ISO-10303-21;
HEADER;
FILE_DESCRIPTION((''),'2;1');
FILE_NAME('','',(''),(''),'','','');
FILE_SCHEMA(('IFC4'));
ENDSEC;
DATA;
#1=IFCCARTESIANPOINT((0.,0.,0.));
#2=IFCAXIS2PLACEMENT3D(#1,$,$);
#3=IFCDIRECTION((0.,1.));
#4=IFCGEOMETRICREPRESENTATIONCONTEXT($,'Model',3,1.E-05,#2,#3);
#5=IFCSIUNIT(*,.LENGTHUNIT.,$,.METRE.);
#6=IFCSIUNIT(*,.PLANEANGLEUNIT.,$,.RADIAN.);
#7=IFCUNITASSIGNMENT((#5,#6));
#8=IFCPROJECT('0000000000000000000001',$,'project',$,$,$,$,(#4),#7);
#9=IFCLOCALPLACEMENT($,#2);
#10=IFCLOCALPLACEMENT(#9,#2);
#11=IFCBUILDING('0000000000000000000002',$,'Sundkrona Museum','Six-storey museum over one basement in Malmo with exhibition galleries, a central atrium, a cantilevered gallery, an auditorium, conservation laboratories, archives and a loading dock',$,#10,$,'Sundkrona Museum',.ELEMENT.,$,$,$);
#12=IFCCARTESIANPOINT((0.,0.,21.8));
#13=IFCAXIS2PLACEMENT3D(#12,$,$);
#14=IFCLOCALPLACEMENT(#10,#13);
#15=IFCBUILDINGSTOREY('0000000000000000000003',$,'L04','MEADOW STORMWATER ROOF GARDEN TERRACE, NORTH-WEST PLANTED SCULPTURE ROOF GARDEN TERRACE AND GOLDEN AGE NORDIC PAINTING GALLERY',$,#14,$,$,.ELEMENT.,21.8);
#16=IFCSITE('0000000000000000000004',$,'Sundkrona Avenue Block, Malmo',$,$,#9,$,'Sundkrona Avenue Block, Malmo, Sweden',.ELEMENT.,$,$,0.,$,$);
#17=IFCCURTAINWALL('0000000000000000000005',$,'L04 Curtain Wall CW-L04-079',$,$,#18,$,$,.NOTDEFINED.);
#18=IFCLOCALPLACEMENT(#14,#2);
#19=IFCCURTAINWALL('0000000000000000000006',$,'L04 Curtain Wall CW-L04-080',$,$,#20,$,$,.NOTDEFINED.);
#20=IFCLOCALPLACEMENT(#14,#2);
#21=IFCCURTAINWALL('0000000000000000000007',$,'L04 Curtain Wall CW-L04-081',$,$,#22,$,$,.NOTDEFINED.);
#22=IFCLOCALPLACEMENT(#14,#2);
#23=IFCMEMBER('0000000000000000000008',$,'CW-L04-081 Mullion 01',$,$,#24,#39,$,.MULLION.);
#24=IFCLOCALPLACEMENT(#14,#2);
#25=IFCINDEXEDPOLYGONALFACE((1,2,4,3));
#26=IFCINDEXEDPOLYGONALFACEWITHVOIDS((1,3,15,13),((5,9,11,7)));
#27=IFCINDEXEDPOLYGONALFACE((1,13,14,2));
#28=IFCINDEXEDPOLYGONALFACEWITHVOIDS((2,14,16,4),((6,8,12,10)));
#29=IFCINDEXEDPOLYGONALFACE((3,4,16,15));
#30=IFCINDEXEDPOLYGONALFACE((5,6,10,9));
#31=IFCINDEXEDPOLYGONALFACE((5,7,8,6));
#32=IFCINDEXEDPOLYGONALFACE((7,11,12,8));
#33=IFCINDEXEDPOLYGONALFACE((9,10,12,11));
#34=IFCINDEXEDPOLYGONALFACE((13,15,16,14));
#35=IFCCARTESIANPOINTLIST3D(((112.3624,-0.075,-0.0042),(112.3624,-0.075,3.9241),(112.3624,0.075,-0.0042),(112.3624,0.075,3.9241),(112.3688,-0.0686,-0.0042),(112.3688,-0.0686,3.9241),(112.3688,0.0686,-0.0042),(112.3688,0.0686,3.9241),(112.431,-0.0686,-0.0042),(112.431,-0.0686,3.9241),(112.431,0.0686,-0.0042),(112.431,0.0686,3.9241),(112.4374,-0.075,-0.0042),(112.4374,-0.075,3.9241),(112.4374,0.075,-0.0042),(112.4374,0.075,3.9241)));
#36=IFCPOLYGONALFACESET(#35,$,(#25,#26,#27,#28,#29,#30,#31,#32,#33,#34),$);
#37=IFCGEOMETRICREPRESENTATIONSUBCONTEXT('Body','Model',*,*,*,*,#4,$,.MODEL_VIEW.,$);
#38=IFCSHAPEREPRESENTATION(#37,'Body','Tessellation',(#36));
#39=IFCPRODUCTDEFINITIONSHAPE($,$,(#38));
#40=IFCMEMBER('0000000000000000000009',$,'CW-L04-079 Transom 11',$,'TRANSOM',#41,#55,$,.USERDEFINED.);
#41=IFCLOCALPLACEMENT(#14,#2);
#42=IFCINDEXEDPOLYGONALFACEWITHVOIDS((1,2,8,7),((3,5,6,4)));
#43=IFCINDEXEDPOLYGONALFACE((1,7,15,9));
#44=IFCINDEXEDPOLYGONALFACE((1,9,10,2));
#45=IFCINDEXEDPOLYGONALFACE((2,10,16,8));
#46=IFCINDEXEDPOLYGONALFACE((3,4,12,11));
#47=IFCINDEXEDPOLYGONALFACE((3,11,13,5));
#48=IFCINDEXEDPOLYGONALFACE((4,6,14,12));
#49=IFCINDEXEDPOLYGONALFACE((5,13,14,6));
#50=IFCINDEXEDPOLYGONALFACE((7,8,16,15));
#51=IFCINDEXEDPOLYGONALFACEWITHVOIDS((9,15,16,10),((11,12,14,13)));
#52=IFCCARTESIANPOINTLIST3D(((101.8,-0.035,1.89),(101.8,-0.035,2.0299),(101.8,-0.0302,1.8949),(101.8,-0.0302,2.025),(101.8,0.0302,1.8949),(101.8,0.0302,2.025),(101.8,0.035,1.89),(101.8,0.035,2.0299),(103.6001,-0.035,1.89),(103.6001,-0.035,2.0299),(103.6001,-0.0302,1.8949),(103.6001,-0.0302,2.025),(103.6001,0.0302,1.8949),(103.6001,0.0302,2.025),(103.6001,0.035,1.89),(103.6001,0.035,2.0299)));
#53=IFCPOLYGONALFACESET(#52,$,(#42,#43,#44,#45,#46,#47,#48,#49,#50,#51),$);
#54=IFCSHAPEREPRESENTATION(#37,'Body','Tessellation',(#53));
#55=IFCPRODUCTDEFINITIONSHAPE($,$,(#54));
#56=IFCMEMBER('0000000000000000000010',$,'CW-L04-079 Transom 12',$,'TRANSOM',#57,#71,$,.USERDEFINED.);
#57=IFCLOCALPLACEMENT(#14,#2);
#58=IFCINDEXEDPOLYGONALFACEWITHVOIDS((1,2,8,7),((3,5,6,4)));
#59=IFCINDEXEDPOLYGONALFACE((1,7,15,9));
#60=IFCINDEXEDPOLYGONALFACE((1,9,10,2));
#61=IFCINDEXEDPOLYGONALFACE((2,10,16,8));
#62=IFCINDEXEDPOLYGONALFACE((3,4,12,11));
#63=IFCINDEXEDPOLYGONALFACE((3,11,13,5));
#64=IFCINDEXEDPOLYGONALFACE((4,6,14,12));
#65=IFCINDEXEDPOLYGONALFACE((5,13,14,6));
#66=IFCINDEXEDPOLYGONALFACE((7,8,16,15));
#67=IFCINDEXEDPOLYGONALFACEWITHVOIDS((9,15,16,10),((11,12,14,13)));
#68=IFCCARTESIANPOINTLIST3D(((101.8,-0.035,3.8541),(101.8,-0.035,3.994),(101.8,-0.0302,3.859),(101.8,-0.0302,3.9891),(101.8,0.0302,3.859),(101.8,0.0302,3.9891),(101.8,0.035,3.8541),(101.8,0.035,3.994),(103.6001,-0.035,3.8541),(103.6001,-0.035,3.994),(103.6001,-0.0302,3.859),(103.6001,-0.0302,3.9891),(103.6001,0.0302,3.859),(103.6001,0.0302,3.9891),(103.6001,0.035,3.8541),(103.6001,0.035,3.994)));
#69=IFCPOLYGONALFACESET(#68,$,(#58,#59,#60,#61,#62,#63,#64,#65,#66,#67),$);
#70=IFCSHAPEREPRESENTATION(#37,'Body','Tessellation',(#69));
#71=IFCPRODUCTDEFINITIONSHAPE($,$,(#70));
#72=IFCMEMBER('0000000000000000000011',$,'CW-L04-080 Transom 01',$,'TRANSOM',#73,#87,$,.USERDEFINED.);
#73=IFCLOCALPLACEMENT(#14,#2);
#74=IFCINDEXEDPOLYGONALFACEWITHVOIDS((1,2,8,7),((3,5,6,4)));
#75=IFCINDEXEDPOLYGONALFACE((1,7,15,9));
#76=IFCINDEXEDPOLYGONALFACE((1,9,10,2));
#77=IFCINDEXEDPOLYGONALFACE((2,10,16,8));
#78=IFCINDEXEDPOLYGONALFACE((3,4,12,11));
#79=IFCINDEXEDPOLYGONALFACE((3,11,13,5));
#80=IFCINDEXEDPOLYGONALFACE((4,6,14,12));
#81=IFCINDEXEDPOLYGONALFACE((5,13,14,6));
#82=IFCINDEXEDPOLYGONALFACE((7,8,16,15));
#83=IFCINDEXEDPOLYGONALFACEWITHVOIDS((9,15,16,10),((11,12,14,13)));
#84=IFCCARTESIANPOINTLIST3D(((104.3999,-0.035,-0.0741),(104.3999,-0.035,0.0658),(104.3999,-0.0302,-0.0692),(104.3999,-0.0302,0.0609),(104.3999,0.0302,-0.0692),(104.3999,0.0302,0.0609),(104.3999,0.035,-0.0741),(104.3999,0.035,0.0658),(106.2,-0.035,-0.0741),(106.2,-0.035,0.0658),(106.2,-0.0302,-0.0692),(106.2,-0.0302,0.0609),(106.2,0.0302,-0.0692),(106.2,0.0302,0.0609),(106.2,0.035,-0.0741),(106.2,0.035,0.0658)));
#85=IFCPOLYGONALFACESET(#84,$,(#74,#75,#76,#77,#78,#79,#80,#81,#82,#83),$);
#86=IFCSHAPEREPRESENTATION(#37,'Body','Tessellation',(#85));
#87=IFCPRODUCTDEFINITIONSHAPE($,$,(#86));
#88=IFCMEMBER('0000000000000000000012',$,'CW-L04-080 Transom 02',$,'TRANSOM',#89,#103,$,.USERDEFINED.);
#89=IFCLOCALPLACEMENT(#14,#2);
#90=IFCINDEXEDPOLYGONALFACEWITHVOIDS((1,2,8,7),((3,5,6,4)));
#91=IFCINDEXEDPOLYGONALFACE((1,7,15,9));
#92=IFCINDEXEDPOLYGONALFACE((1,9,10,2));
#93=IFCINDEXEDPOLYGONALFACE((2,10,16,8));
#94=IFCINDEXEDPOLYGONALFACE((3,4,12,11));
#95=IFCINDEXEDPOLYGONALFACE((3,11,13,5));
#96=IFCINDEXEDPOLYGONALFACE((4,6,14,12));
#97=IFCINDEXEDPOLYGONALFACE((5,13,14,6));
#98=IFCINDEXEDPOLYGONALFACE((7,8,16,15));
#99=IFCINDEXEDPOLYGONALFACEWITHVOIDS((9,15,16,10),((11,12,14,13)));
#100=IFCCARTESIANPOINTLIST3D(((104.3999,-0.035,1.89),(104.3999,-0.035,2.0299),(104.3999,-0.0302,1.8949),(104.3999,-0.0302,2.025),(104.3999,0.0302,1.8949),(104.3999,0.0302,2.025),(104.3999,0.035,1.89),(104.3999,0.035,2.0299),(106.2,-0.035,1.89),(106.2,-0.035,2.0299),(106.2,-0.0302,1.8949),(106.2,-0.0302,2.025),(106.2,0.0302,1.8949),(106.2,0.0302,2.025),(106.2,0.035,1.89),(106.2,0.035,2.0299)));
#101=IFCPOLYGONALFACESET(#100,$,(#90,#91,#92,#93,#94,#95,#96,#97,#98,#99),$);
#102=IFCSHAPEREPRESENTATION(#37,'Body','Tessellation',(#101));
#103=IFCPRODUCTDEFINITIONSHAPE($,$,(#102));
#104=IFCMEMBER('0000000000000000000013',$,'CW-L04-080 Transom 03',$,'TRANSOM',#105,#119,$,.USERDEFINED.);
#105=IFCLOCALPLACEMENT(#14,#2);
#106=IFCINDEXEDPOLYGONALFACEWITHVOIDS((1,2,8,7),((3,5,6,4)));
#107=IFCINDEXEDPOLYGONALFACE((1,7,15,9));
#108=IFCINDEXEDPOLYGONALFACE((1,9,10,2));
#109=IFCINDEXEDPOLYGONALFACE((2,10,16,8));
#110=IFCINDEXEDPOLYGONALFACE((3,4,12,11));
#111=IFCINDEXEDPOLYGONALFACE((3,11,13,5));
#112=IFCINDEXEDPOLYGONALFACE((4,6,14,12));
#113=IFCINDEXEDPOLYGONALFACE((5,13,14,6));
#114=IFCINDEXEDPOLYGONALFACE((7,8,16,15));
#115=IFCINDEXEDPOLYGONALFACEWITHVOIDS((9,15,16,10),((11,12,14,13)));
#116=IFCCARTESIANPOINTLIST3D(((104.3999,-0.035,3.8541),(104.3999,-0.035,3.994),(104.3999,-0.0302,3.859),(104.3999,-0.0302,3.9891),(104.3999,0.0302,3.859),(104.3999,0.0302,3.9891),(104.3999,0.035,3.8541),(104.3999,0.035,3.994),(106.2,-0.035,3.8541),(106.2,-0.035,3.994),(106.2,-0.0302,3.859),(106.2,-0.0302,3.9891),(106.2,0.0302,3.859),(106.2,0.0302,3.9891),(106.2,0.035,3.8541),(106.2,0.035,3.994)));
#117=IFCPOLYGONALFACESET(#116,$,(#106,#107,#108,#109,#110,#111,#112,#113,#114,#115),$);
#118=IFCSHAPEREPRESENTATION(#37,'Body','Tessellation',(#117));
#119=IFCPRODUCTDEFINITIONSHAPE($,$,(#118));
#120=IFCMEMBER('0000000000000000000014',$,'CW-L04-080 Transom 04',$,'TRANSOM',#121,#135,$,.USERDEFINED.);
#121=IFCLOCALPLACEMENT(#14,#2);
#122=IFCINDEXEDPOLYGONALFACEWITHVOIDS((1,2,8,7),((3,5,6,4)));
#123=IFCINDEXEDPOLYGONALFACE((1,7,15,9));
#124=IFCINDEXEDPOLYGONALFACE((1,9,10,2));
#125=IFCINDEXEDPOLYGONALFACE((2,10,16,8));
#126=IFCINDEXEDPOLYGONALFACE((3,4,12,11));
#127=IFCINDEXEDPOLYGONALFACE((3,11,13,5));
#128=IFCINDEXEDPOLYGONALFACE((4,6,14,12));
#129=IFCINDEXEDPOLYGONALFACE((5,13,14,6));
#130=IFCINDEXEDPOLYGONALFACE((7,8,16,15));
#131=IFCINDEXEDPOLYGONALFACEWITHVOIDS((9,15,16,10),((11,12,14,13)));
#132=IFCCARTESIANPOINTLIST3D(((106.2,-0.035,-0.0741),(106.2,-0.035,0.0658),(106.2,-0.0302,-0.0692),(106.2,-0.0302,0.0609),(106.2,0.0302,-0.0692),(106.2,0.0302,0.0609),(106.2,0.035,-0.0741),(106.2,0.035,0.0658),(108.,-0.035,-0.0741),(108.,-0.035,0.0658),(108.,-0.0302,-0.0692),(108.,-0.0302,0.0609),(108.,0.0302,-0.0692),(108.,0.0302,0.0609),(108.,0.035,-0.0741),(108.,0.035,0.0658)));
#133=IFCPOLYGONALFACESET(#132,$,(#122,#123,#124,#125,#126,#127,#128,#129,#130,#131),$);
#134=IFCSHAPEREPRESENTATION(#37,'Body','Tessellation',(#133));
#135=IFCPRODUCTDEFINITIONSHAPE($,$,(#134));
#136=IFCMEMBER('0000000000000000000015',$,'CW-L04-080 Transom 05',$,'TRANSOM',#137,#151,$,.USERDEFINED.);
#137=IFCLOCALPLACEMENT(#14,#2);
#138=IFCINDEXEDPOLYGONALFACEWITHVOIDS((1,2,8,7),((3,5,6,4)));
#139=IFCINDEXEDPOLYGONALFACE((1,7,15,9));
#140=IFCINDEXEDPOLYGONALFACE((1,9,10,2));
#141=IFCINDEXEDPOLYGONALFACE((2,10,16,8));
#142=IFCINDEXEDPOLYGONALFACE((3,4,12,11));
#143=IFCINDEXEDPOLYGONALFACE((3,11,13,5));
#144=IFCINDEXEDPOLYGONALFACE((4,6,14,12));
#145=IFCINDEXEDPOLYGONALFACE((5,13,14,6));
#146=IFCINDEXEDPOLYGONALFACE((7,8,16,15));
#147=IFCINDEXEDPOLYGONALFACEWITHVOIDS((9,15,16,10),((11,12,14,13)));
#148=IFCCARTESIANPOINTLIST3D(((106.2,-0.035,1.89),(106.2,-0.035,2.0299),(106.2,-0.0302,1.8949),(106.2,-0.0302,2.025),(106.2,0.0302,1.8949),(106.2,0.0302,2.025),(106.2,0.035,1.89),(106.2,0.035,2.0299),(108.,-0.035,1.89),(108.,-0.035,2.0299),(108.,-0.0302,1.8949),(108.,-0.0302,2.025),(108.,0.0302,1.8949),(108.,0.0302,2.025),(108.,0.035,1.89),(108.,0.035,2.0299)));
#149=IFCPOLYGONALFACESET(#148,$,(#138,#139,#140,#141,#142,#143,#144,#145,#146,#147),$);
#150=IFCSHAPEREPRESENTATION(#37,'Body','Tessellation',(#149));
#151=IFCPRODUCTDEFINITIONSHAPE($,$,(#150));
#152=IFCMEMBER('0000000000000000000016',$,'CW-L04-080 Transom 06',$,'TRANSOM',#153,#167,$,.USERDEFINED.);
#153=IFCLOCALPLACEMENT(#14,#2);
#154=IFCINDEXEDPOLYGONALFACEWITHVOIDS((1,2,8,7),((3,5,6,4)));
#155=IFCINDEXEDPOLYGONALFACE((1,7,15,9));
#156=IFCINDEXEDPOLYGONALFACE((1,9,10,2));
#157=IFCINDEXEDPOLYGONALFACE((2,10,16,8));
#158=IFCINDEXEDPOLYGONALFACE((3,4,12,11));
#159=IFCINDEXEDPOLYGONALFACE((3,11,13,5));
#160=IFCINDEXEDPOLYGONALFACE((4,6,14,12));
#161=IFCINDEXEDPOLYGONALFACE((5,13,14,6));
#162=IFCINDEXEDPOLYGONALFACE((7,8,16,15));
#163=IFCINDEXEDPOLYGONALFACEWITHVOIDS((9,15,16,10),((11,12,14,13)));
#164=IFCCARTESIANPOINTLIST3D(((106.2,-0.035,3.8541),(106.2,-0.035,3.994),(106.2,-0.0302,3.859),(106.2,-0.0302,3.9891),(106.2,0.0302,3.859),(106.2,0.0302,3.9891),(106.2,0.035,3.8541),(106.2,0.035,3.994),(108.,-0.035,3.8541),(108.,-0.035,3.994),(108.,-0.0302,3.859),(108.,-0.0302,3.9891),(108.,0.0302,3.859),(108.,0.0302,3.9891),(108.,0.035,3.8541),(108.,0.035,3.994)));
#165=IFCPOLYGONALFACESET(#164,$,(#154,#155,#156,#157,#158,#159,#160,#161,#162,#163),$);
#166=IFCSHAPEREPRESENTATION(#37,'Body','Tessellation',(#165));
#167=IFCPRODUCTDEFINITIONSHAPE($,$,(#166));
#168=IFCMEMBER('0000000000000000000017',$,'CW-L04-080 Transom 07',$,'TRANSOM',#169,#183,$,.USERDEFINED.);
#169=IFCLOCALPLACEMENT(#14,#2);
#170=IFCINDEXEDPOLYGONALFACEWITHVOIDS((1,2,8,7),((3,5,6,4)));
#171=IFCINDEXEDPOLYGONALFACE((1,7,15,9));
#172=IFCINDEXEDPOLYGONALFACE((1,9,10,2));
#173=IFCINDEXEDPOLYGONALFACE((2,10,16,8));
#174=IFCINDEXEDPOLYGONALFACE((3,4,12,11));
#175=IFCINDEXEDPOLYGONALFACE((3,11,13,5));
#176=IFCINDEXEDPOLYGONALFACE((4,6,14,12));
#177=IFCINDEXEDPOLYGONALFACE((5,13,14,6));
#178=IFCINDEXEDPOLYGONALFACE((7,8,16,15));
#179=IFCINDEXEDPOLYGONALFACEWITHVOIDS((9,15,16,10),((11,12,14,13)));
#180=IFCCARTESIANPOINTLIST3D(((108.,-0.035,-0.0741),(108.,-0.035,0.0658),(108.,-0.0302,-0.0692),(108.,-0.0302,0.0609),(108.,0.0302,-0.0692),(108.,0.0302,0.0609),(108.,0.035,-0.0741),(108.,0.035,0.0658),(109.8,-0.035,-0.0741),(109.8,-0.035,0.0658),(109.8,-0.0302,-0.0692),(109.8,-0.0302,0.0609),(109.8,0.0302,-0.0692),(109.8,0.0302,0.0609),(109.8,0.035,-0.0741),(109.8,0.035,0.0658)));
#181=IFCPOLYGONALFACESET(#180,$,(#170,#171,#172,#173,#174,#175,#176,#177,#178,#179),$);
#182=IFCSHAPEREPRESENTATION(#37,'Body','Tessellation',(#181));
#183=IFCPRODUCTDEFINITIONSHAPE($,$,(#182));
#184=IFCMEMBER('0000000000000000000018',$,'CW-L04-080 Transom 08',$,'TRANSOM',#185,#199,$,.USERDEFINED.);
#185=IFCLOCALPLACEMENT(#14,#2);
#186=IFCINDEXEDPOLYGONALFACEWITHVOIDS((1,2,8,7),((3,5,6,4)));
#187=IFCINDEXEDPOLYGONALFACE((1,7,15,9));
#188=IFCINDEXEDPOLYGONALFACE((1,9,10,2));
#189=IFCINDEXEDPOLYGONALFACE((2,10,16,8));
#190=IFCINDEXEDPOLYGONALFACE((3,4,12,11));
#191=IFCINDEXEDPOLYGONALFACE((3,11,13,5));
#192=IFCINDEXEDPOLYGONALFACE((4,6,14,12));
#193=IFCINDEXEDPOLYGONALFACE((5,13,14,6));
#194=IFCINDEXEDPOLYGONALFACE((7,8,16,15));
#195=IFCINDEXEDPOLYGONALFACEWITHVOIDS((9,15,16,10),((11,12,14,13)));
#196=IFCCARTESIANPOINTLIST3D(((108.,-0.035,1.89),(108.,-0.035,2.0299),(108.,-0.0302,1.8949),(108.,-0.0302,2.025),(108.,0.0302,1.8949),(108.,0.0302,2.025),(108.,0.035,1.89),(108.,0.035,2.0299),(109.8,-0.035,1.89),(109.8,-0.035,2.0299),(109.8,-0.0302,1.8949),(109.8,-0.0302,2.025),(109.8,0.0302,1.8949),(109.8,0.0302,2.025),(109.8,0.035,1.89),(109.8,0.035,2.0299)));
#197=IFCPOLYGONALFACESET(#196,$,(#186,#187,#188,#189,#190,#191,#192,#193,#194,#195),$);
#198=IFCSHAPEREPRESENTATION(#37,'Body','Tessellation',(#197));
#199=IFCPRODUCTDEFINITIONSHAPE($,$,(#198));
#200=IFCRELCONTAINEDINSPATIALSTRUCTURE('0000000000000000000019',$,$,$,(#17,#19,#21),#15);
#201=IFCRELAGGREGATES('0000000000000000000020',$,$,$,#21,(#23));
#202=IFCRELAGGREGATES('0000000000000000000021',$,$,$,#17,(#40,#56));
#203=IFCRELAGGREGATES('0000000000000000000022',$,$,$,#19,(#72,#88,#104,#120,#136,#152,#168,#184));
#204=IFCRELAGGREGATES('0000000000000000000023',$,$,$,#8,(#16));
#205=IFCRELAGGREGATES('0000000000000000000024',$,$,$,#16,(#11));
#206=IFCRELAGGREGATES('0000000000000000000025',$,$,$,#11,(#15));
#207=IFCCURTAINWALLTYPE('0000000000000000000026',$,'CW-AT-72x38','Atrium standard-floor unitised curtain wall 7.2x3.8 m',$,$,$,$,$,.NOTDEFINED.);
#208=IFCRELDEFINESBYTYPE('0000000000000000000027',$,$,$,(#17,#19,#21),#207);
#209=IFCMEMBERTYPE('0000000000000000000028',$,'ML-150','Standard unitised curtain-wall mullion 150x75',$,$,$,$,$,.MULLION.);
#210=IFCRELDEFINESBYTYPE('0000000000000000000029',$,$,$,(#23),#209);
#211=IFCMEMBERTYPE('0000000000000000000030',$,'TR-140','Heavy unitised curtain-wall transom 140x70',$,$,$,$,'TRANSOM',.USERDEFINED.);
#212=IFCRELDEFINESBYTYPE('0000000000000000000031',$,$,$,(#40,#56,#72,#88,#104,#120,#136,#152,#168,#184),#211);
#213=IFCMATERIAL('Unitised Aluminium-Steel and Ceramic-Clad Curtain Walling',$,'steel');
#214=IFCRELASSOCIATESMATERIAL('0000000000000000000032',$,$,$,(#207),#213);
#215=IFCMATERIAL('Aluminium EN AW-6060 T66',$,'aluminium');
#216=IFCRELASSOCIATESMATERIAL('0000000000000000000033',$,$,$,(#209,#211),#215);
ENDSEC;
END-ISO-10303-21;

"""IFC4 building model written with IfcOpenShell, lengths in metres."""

from ifc_helpers import new_model, si_unit, direction, frame, origin, origin_2d, place, context, subcontext, project, spatial, hollow_rectangle, extrude, material, material_profile, profile_set, type_object, element, aggregate, save


model = new_model("IFC4")

# Units and contexts
model_context = context("Model", 3, precision=1e-05, world=origin(), true_north=direction((0.0, 1.0)))
body_context = subcontext(model_context, "Body", "Model", "MODEL_VIEW")
ifc_project = project(units=[si_unit("LENGTHUNIT", "METRE"), si_unit("PLANEANGLEUNIT", "RADIAN")], contexts=[model_context])

# Site, building, storey
site_placement = place(None, origin())
site = spatial("IfcSite", under=ifc_project, at=site_placement, Name="Sundkrona Avenue Block, Malmo", LongName="Sundkrona Avenue Block, Malmo, Sweden", CompositionType="ELEMENT", RefElevation=0.0)
building_placement = place(site_placement, origin())
building = spatial("IfcBuilding", under=site, at=building_placement, Name="Sundkrona Museum", Description="Six-storey museum over one basement in Malmo with exhibition galleries, a central atrium, a cantilevered gallery, an auditorium, conservation laboratories, archives and a loading dock", LongName="Sundkrona Museum", CompositionType="ELEMENT")
storey_placement = place(building_placement, frame((0.0, 0.0, 21.8)))
storey = spatial("IfcBuildingStorey", under=building, at=storey_placement, Name="L04", Description="MEADOW STORMWATER ROOF GARDEN TERRACE, NORTH-WEST PLANTED SCULPTURE ROOF GARDEN TERRACE AND GOLDEN AGE NORDIC PAINTING GALLERY", CompositionType="ELEMENT", Elevation=21.8)

# Curtain wall
ifc_material_1 = material(Name="Unitised Aluminium-Steel and Ceramic-Clad Curtain Walling", Category="steel")
curtain_wall_type = type_object("IfcCurtainWallType", Name="CW-AT-72x38", Description="Atrium standard-floor unitised curtain wall 7.2x3.8 m", PredefinedType="NOTDEFINED", material=ifc_material_1)
curtain_wall_1_placement = place(storey_placement, origin())
curtain_wall_1 = element("IfcCurtainWall", 1, at=curtain_wall_1_placement, inside=storey, type_object=curtain_wall_type, Name="L04 Curtain Wall CW-L04-079", PredefinedType="NOTDEFINED")
ifc_material_2 = material(Name="Aluminium EN AW-6060 T66", Category="aluminium")
ifc_material_profile_1 = material_profile(ifc_material_2, hollow_rectangle(XDim=0.075, YDim=0.1499, WallThickness=0.0063, at=origin_2d()), Name="RHS 150x75x6.3")
ifc_profile_set_1 = profile_set([ifc_material_profile_1], Name="Aluminium EN AW-6060 T66")
member_type_1 = type_object("IfcMemberType", Name="ML-150", Description="Standard unitised curtain-wall mullion 150x75", PredefinedType="MULLION", material=ifc_profile_set_1)

# Curtain wall
curtain_wall_2_placement = place(storey_placement, origin())
curtain_wall_2 = element("IfcCurtainWall", 2, at=curtain_wall_2_placement, inside=storey, type_object=curtain_wall_type, Name="L04 Curtain Wall CW-L04-080", PredefinedType="NOTDEFINED")

# Curtain wall, member
curtain_wall_3_placement = place(storey_placement, origin())
curtain_wall_3 = element("IfcCurtainWall", 3, at=curtain_wall_3_placement, inside=storey, type_object=curtain_wall_type, Name="L04 Curtain Wall CW-L04-081", PredefinedType="NOTDEFINED")
member_1_placement = place(storey_placement, frame((112.3999, 0.0, -0.0042), z_axis=(0.0, 0.0, 1.0), x_axis=(1.0, 0.0, 0.0)))
member_1 = element("IfcMember", 4, at=member_1_placement, type_object=member_type_1, Name="CW-L04-081 Mullion 01", PredefinedType="MULLION", context=body_context, shape_type="SweptSolid", body=[
    extrude(hollow_rectangle(XDim=0.075, YDim=0.1499, WallThickness=0.0063, at=origin_2d()), origin(), (0.0, 0.0, 1.0), 3.9282),
])

# Members
ifc_material_profile_2 = material_profile(ifc_material_2, hollow_rectangle(XDim=0.0701, YDim=0.1399, WallThickness=0.0049, at=origin_2d()), Name="RHS 140x70x5.0")
ifc_profile_set_2 = profile_set([ifc_material_profile_2], Name="Aluminium EN AW-6060 T66")
member_type_2 = type_object("IfcMemberType", Name="TR-140", Description="Heavy unitised curtain-wall transom 140x70", ElementType="TRANSOM", PredefinedType="USERDEFINED", material=ifc_profile_set_2)
member_2_placement = place(storey_placement, frame((101.8, 0.0, 1.96), z_axis=(1.0, 0.0, 0.0), x_axis=(0.0, 1.0, 0.0)))
member_2 = element("IfcMember", 5, at=member_2_placement, type_object=member_type_2, Name="CW-L04-079 Transom 11", ObjectType="TRANSOM", PredefinedType="USERDEFINED", context=body_context, shape_type="SweptSolid", body=[
    extrude(hollow_rectangle(XDim=0.0701, YDim=0.1399, WallThickness=0.0049, at=origin_2d()), origin(), (0.0, 0.0, 1.0), 1.8),
])
member_3_placement = place(storey_placement, frame((101.8, 0.0, 3.9241), z_axis=(1.0, 0.0, 0.0), x_axis=(0.0, 1.0, 0.0)))
member_3 = element("IfcMember", 6, at=member_3_placement, type_object=member_type_2, Name="CW-L04-079 Transom 12", ObjectType="TRANSOM", PredefinedType="USERDEFINED", context=body_context, shape_type="SweptSolid", body=[
    extrude(hollow_rectangle(XDim=0.0701, YDim=0.1399, WallThickness=0.0049, at=origin_2d()), origin(), (0.0, 0.0, 1.0), 1.8),
])
member_4_placement = place(storey_placement, frame((104.3999, 0.0, -0.0042), z_axis=(1.0, 0.0, 0.0), x_axis=(0.0, 1.0, 0.0)))
member_4 = element("IfcMember", 7, at=member_4_placement, type_object=member_type_2, Name="CW-L04-080 Transom 01", ObjectType="TRANSOM", PredefinedType="USERDEFINED", context=body_context, shape_type="SweptSolid", body=[
    extrude(hollow_rectangle(XDim=0.0701, YDim=0.1399, WallThickness=0.0049, at=origin_2d()), origin(), (0.0, 0.0, 1.0), 1.8),
])
member_5_placement = place(storey_placement, frame((104.3999, 0.0, 1.96), z_axis=(1.0, 0.0, 0.0), x_axis=(0.0, 1.0, 0.0)))
member_5 = element("IfcMember", 8, at=member_5_placement, type_object=member_type_2, Name="CW-L04-080 Transom 02", ObjectType="TRANSOM", PredefinedType="USERDEFINED", context=body_context, shape_type="SweptSolid", body=[
    extrude(hollow_rectangle(XDim=0.0701, YDim=0.1399, WallThickness=0.0049, at=origin_2d()), origin(), (0.0, 0.0, 1.0), 1.8),
])
member_6_placement = place(storey_placement, frame((104.3999, 0.0, 3.9241), z_axis=(1.0, 0.0, 0.0), x_axis=(0.0, 1.0, 0.0)))
member_6 = element("IfcMember", 9, at=member_6_placement, type_object=member_type_2, Name="CW-L04-080 Transom 03", ObjectType="TRANSOM", PredefinedType="USERDEFINED", context=body_context, shape_type="SweptSolid", body=[
    extrude(hollow_rectangle(XDim=0.0701, YDim=0.1399, WallThickness=0.0049, at=origin_2d()), origin(), (0.0, 0.0, 1.0), 1.8),
])
member_7_placement = place(storey_placement, frame((106.2, 0.0, -0.0042), z_axis=(1.0, 0.0, 0.0), x_axis=(0.0, 1.0, 0.0)))
member_7 = element("IfcMember", 10, at=member_7_placement, type_object=member_type_2, Name="CW-L04-080 Transom 04", ObjectType="TRANSOM", PredefinedType="USERDEFINED", context=body_context, shape_type="SweptSolid", body=[
    extrude(hollow_rectangle(XDim=0.0701, YDim=0.1399, WallThickness=0.0049, at=origin_2d()), origin(), (0.0, 0.0, 1.0), 1.8),
])
member_8_placement = place(storey_placement, frame((106.2, 0.0, 1.96), z_axis=(1.0, 0.0, 0.0), x_axis=(0.0, 1.0, 0.0)))
member_8 = element("IfcMember", 11, at=member_8_placement, type_object=member_type_2, Name="CW-L04-080 Transom 05", ObjectType="TRANSOM", PredefinedType="USERDEFINED", context=body_context, shape_type="SweptSolid", body=[
    extrude(hollow_rectangle(XDim=0.0701, YDim=0.1399, WallThickness=0.0049, at=origin_2d()), origin(), (0.0, 0.0, 1.0), 1.8),
])
member_9_placement = place(storey_placement, frame((106.2, 0.0, 3.9241), z_axis=(1.0, 0.0, 0.0), x_axis=(0.0, 1.0, 0.0)))
member_9 = element("IfcMember", 12, at=member_9_placement, type_object=member_type_2, Name="CW-L04-080 Transom 06", ObjectType="TRANSOM", PredefinedType="USERDEFINED", context=body_context, shape_type="SweptSolid", body=[
    extrude(hollow_rectangle(XDim=0.0701, YDim=0.1399, WallThickness=0.0049, at=origin_2d()), origin(), (0.0, 0.0, 1.0), 1.8),
])
member_10_placement = place(storey_placement, frame((108.0, 0.0, -0.0042), z_axis=(1.0, 0.0, 0.0), x_axis=(0.0, 1.0, 0.0)))
member_10 = element("IfcMember", 13, at=member_10_placement, type_object=member_type_2, Name="CW-L04-080 Transom 07", ObjectType="TRANSOM", PredefinedType="USERDEFINED", context=body_context, shape_type="SweptSolid", body=[
    extrude(hollow_rectangle(XDim=0.0701, YDim=0.1399, WallThickness=0.0049, at=origin_2d()), origin(), (0.0, 0.0, 1.0), 1.8),
])
member_11_placement = place(storey_placement, frame((108.0, 0.0, 1.96), z_axis=(1.0, 0.0, 0.0), x_axis=(0.0, 1.0, 0.0)))
member_11 = element("IfcMember", 14, at=member_11_placement, type_object=member_type_2, Name="CW-L04-080 Transom 08", ObjectType="TRANSOM", PredefinedType="USERDEFINED", context=body_context, shape_type="SweptSolid", body=[
    extrude(hollow_rectangle(XDim=0.0701, YDim=0.1399, WallThickness=0.0049, at=origin_2d()), origin(), (0.0, 0.0, 1.0), 1.8),
])
aggregate(curtain_wall_3, [member_1])

aggregate(curtain_wall_1, [member_2, member_3])
aggregate(curtain_wall_2, [member_4, member_5, member_6, member_7, member_8, member_9, member_10, member_11])

save(model, "model.ifc")
